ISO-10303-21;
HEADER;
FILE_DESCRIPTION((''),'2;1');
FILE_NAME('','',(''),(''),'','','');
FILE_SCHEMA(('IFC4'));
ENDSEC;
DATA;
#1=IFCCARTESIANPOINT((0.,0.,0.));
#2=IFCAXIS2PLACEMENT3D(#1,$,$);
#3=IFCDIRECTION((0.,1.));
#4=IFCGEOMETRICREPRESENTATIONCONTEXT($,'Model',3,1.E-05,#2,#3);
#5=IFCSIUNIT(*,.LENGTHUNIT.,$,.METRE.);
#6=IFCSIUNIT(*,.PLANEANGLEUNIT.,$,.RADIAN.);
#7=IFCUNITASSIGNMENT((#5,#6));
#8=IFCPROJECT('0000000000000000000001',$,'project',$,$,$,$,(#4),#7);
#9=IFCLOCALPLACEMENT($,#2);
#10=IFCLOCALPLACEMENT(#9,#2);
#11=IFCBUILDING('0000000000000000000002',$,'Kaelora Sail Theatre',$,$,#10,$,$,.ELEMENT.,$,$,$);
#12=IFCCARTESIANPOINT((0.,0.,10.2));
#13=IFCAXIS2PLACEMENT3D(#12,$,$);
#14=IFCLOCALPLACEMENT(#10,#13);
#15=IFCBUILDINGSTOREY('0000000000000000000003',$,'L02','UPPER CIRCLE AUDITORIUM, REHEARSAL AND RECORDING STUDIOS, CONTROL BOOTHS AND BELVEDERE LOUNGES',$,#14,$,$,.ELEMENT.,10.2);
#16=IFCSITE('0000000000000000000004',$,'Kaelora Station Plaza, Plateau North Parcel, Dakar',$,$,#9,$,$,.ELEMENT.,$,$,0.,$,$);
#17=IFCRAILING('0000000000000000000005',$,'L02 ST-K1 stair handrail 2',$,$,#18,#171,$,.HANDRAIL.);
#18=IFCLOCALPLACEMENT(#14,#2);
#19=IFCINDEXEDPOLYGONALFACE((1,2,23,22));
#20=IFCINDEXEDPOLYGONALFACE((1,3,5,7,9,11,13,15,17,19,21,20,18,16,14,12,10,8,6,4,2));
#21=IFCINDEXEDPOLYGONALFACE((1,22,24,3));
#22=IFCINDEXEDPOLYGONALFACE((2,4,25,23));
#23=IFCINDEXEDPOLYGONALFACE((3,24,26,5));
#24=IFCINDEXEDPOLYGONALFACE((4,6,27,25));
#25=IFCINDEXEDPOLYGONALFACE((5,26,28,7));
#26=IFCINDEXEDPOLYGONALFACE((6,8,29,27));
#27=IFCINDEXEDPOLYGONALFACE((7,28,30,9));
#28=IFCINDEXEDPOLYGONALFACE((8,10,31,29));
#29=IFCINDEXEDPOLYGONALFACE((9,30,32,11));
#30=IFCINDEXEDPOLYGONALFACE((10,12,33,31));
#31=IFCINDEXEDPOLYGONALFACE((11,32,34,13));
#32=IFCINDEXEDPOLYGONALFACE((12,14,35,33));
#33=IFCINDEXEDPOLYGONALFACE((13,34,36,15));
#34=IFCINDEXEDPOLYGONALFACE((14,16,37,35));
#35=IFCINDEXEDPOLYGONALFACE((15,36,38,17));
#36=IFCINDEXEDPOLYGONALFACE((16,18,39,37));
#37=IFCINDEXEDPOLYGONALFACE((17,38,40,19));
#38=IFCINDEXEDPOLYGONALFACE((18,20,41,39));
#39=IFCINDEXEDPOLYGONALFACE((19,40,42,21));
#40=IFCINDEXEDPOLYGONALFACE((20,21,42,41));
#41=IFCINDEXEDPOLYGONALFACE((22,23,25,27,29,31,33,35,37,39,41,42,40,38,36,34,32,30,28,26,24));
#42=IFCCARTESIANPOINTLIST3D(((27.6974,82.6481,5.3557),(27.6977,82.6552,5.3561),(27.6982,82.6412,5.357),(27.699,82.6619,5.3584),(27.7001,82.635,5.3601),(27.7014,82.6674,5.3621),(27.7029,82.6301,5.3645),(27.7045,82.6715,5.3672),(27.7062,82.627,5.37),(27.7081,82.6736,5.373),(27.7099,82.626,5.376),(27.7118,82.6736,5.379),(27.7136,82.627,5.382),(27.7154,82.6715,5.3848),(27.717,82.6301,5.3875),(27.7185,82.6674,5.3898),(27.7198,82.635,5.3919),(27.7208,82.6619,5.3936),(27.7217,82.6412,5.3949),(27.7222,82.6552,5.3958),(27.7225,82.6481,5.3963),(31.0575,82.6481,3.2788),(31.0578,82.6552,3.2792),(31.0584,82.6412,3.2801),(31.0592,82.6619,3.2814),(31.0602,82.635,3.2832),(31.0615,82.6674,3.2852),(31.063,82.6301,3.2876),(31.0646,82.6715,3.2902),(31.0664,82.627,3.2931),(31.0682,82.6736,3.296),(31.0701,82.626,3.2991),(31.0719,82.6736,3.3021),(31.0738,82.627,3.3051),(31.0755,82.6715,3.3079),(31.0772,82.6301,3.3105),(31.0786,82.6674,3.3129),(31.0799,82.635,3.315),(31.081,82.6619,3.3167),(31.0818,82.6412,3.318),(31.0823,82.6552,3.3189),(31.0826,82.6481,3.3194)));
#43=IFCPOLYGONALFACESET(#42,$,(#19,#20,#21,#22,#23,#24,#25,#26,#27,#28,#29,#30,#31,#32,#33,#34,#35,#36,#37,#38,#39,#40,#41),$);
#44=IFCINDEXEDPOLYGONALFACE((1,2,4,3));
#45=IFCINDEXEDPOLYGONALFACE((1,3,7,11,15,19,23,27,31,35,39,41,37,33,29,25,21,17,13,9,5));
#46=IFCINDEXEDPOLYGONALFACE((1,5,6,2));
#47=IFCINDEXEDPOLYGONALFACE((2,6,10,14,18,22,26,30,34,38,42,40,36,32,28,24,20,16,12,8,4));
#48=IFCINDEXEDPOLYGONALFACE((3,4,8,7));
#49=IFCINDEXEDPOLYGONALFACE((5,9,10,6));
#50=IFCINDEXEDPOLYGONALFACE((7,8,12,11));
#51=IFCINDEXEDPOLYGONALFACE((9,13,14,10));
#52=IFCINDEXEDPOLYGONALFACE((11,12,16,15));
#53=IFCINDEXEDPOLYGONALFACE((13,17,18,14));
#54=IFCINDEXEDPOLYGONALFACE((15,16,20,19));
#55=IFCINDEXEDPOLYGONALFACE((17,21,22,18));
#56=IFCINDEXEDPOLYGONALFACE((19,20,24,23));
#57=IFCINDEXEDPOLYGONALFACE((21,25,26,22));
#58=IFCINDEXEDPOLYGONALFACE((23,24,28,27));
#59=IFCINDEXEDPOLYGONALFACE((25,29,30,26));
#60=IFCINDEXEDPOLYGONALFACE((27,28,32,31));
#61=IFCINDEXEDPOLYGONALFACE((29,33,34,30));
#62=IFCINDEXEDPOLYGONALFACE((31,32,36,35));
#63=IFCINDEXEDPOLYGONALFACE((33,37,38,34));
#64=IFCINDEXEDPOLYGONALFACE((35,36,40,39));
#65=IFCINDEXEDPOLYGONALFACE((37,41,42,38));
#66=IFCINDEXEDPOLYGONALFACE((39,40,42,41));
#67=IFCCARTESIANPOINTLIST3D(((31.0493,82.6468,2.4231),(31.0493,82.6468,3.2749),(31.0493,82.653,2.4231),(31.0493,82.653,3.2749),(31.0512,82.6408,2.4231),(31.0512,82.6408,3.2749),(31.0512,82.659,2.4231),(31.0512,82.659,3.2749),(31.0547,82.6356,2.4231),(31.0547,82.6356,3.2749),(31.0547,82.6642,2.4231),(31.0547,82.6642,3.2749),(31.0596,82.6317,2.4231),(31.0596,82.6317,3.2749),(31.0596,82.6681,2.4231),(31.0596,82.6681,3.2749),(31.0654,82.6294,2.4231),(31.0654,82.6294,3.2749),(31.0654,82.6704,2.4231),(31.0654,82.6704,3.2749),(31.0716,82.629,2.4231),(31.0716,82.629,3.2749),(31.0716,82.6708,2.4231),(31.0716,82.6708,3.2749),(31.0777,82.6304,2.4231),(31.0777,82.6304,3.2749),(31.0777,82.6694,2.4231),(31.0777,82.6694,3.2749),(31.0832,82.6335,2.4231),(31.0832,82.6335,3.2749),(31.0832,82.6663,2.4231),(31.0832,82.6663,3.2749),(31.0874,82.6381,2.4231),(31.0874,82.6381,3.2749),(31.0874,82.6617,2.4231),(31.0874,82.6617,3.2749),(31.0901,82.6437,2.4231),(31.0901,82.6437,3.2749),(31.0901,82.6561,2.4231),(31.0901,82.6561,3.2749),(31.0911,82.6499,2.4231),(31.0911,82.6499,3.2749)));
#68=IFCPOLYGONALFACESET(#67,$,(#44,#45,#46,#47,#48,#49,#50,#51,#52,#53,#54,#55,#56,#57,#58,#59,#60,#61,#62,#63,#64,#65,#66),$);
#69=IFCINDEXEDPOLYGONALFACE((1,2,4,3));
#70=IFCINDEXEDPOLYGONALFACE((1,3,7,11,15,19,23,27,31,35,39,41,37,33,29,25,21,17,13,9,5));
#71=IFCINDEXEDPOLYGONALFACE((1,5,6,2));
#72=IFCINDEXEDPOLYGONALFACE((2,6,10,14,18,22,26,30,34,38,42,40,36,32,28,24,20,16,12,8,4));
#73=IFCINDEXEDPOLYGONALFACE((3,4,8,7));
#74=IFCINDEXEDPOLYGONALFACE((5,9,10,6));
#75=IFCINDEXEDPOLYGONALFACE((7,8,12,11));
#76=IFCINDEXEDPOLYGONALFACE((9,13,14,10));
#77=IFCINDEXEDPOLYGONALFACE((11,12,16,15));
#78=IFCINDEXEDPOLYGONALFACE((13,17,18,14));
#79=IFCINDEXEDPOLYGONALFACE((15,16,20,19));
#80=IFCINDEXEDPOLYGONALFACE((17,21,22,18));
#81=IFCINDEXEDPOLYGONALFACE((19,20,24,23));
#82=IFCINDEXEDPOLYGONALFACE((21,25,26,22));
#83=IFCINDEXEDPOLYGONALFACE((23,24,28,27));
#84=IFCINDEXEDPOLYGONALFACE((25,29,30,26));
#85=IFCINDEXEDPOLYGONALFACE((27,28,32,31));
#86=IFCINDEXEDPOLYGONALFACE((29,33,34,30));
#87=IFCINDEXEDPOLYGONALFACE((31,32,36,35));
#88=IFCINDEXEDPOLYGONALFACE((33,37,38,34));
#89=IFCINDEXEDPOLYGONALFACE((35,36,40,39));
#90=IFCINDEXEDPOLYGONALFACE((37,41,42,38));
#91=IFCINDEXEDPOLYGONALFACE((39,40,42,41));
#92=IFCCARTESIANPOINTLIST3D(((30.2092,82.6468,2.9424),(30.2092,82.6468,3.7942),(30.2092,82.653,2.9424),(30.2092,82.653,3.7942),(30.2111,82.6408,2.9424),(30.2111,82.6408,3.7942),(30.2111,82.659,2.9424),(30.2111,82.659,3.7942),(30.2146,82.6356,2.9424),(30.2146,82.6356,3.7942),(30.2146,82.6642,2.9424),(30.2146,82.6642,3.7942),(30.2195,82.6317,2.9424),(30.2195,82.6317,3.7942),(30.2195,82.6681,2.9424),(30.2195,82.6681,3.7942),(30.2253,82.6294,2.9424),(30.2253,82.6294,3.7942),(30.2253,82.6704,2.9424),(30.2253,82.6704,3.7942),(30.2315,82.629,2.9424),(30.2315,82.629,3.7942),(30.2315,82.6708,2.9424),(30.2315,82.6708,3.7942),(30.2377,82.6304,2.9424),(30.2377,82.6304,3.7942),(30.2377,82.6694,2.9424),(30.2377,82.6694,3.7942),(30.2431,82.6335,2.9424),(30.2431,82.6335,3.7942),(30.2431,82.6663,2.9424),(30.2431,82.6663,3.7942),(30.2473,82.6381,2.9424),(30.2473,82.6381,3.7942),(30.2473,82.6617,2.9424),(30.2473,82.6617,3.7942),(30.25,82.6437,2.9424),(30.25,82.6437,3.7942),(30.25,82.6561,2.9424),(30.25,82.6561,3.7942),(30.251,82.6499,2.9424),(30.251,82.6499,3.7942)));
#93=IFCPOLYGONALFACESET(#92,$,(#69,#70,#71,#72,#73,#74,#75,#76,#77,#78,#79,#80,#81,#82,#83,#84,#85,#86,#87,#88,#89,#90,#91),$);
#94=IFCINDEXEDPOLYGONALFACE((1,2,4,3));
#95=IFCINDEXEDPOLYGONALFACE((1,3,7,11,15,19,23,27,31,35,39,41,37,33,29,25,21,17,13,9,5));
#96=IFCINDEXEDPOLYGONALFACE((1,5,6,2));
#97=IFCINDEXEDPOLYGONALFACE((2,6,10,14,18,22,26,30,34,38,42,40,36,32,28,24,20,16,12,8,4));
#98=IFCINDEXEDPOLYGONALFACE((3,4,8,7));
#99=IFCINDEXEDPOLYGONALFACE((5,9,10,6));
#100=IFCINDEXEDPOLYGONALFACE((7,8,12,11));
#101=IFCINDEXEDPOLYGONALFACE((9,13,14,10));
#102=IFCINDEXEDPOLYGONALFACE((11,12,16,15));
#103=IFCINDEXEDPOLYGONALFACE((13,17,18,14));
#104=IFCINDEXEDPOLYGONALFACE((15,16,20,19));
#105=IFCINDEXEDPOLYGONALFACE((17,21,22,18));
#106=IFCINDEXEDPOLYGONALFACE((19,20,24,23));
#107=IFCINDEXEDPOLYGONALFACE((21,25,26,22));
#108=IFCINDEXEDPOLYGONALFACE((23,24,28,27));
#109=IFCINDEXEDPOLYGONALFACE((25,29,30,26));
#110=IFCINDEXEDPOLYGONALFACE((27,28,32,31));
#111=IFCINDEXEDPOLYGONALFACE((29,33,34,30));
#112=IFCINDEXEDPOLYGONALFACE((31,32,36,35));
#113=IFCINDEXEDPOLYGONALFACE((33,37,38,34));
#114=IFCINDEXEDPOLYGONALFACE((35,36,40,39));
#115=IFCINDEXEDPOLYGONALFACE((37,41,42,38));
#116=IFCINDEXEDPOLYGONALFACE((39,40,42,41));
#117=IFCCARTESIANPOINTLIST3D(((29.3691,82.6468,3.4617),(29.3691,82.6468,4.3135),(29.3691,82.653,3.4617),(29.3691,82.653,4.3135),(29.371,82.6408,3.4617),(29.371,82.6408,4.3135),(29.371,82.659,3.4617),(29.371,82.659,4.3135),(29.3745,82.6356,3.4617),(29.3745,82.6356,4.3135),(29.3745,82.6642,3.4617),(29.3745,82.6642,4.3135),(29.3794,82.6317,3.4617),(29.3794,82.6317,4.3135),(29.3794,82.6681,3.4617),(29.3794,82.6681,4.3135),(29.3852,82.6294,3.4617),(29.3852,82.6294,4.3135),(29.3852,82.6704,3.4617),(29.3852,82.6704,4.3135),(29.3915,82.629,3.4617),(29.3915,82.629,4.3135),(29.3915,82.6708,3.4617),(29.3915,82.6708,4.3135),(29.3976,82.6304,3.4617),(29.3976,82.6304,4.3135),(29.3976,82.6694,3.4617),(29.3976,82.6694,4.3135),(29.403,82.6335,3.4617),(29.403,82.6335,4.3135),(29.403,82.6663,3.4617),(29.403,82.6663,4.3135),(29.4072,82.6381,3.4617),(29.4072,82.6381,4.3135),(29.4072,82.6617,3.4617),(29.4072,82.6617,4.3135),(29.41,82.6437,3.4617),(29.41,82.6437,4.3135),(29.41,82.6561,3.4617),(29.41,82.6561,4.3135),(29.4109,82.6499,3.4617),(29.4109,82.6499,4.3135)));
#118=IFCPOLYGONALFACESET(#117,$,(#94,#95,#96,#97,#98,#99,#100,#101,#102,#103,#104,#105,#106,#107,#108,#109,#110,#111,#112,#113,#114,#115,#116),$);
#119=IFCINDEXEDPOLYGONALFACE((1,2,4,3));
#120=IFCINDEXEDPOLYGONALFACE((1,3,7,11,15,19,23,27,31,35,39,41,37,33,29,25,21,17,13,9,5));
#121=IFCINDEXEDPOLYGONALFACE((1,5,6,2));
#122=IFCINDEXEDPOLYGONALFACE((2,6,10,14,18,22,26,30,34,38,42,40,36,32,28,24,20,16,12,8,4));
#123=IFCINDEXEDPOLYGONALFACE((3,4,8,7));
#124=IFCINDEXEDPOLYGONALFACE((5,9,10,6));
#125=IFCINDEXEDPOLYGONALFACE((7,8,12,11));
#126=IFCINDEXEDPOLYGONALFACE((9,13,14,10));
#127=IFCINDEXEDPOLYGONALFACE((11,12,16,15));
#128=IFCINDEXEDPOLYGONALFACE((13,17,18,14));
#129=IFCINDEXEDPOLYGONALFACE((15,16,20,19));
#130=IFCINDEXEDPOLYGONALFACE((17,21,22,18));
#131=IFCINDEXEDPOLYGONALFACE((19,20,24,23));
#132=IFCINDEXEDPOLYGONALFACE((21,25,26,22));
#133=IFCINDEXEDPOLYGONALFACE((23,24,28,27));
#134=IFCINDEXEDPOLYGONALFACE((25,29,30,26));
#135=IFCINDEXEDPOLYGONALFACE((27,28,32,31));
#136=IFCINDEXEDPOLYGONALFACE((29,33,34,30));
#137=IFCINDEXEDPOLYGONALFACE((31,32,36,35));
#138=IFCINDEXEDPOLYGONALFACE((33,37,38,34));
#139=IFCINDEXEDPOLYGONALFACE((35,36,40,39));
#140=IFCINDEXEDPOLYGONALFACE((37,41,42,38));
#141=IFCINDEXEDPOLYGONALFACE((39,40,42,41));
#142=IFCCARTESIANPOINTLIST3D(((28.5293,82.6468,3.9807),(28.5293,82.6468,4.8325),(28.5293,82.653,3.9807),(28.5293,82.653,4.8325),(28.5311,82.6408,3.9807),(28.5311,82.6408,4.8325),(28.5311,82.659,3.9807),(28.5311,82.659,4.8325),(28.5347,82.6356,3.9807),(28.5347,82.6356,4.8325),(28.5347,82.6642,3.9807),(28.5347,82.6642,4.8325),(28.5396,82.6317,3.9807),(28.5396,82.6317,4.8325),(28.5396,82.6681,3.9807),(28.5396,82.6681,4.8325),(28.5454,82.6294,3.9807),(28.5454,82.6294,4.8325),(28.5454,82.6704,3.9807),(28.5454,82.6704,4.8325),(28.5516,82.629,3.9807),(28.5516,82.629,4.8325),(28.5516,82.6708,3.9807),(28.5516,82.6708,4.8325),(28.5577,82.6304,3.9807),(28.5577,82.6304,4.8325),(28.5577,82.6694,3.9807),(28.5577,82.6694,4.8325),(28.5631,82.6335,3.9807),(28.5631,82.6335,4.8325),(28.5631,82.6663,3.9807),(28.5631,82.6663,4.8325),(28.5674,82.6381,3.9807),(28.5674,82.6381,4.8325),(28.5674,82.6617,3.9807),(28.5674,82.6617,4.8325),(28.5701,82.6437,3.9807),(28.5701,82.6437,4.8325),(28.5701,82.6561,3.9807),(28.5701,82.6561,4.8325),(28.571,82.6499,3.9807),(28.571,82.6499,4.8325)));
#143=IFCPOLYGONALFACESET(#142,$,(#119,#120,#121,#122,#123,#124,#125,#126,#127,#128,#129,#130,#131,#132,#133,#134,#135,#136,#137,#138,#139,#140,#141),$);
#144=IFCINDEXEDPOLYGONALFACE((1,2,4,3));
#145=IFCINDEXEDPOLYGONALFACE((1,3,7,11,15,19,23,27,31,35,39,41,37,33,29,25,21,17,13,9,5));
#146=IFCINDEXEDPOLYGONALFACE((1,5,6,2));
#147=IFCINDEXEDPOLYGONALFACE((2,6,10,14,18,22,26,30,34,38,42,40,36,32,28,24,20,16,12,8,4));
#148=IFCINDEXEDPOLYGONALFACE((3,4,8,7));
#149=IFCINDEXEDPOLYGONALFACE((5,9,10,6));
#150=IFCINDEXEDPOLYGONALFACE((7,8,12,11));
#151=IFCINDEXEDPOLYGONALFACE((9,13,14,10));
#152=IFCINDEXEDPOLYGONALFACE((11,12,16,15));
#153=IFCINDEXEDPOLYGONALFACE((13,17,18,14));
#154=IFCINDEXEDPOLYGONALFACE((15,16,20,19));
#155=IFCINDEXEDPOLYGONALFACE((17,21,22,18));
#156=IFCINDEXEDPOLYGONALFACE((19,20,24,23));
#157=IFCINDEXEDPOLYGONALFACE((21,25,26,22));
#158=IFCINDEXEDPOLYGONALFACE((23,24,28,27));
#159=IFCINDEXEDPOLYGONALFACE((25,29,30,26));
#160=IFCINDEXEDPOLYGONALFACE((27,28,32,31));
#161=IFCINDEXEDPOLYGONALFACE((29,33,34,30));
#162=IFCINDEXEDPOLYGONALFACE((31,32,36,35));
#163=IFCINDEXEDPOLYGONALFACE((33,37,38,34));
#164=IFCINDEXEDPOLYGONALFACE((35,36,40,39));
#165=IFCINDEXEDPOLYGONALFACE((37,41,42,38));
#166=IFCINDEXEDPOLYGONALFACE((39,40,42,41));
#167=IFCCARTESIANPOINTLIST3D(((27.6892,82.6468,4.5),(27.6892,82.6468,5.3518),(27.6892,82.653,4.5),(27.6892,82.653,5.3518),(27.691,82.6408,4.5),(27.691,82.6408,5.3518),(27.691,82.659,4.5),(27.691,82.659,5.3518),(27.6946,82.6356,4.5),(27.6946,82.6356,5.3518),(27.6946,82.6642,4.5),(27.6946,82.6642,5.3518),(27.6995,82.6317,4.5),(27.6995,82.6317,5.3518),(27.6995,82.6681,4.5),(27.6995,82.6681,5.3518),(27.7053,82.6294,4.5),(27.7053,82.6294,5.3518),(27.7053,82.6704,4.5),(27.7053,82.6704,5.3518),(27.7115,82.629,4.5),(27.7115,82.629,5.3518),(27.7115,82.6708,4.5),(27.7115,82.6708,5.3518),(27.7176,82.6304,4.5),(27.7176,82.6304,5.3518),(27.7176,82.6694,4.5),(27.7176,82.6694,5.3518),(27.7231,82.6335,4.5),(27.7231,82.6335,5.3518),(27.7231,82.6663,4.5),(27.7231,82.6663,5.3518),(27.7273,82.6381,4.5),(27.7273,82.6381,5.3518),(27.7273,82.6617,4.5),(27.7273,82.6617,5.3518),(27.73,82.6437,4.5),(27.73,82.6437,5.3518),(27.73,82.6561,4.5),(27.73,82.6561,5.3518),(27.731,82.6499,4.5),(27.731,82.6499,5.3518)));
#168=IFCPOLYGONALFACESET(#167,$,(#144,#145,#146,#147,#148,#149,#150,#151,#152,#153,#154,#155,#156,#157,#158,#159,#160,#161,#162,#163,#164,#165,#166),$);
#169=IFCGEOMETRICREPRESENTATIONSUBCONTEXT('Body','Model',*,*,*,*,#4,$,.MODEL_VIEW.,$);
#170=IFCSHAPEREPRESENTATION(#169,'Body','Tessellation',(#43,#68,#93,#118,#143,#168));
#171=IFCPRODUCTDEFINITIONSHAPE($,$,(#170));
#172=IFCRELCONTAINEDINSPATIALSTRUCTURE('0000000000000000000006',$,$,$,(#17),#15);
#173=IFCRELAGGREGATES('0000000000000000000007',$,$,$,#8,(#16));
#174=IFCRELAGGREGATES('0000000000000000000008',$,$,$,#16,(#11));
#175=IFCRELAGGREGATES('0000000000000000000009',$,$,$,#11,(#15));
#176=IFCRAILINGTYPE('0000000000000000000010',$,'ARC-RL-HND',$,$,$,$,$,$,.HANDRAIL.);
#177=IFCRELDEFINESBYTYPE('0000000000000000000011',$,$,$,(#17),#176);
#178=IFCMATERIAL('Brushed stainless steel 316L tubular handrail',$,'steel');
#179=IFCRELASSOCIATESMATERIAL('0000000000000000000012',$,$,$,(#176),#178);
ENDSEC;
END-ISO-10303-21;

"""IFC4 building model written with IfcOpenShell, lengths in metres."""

from ifc_helpers import new_model, si_unit, direction, frame, origin, origin_2d, place, context, subcontext, project, spatial, circle, extrude, material, type_object, element, save


model = new_model("IFC4")

# Units and contexts
model_context = context("Model", 3, precision=1e-05, world=origin(), true_north=direction((0.0, 1.0)))
body_context = subcontext(model_context, "Body", "Model", "MODEL_VIEW")
ifc_project = project(units=[si_unit("LENGTHUNIT", "METRE"), si_unit("PLANEANGLEUNIT", "RADIAN")], contexts=[model_context])

# Site, building, storey
site_placement = place(None, origin())
site = spatial("IfcSite", under=ifc_project, at=site_placement, Name="Kaelora Station Plaza, Plateau North Parcel, Dakar", CompositionType="ELEMENT", RefElevation=0.0)
building_placement = place(site_placement, origin())
building = spatial("IfcBuilding", under=site, at=building_placement, Name="Kaelora Sail Theatre", CompositionType="ELEMENT")
storey_placement = place(building_placement, frame((0.0, 0.0, 10.2)))
storey = spatial("IfcBuildingStorey", under=building, at=storey_placement, Name="L02", Description="UPPER CIRCLE AUDITORIUM, REHEARSAL AND RECORDING STUDIOS, CONTROL BOOTHS AND BELVEDERE LOUNGES", CompositionType="ELEMENT", Elevation=10.2)

# Railing
ifc_material_1 = material(Name="Brushed stainless steel 316L tubular handrail", Category="steel")
railing_type_1 = type_object("IfcRailingType", Name="ARC-RL-HND", PredefinedType="HANDRAIL", material=ifc_material_1)
railing_1_placement = place(storey_placement, frame((31.0701, 82.6499, 2.4231)))
element("IfcRailing", 1, at=railing_1_placement, inside=storey, type_object=railing_type_1, Name="L02 ST-K1 stair handrail 2", PredefinedType="HANDRAIL", context=body_context, shape_type="SweptSolid", body=[
    extrude(circle(Radius=0.0239, at=origin_2d()), frame((0.0, 0.0, 0.876), z_axis=(-0.850623, 0.0, 0.525776), x_axis=(0.0, -1.0, 0.0)), (0.0, 0.0, 1.0), 3.9502),
    extrude(circle(Radius=0.021, at=origin_2d()), origin(), (0.0, 0.0, 1.0), 0.8518),
    extrude(circle(Radius=0.021, at=origin_2d()), frame((-0.8401, 0.0, 0.5193)), (0.0, 0.0, 1.0), 0.8518),
    extrude(circle(Radius=0.021, at=origin_2d()), frame((-1.6802, 0.0, 1.0386)), (0.0, 0.0, 1.0), 0.8518),
    extrude(circle(Radius=0.021, at=origin_2d()), frame((-2.52, 0.0, 1.5576)), (0.0, 0.0, 1.0), 0.8518),
    extrude(circle(Radius=0.021, at=origin_2d()), frame((-3.3601, 0.0, 2.0769)), (0.0, 0.0, 1.0), 0.8518),
])

save(model, "model.ifc")
